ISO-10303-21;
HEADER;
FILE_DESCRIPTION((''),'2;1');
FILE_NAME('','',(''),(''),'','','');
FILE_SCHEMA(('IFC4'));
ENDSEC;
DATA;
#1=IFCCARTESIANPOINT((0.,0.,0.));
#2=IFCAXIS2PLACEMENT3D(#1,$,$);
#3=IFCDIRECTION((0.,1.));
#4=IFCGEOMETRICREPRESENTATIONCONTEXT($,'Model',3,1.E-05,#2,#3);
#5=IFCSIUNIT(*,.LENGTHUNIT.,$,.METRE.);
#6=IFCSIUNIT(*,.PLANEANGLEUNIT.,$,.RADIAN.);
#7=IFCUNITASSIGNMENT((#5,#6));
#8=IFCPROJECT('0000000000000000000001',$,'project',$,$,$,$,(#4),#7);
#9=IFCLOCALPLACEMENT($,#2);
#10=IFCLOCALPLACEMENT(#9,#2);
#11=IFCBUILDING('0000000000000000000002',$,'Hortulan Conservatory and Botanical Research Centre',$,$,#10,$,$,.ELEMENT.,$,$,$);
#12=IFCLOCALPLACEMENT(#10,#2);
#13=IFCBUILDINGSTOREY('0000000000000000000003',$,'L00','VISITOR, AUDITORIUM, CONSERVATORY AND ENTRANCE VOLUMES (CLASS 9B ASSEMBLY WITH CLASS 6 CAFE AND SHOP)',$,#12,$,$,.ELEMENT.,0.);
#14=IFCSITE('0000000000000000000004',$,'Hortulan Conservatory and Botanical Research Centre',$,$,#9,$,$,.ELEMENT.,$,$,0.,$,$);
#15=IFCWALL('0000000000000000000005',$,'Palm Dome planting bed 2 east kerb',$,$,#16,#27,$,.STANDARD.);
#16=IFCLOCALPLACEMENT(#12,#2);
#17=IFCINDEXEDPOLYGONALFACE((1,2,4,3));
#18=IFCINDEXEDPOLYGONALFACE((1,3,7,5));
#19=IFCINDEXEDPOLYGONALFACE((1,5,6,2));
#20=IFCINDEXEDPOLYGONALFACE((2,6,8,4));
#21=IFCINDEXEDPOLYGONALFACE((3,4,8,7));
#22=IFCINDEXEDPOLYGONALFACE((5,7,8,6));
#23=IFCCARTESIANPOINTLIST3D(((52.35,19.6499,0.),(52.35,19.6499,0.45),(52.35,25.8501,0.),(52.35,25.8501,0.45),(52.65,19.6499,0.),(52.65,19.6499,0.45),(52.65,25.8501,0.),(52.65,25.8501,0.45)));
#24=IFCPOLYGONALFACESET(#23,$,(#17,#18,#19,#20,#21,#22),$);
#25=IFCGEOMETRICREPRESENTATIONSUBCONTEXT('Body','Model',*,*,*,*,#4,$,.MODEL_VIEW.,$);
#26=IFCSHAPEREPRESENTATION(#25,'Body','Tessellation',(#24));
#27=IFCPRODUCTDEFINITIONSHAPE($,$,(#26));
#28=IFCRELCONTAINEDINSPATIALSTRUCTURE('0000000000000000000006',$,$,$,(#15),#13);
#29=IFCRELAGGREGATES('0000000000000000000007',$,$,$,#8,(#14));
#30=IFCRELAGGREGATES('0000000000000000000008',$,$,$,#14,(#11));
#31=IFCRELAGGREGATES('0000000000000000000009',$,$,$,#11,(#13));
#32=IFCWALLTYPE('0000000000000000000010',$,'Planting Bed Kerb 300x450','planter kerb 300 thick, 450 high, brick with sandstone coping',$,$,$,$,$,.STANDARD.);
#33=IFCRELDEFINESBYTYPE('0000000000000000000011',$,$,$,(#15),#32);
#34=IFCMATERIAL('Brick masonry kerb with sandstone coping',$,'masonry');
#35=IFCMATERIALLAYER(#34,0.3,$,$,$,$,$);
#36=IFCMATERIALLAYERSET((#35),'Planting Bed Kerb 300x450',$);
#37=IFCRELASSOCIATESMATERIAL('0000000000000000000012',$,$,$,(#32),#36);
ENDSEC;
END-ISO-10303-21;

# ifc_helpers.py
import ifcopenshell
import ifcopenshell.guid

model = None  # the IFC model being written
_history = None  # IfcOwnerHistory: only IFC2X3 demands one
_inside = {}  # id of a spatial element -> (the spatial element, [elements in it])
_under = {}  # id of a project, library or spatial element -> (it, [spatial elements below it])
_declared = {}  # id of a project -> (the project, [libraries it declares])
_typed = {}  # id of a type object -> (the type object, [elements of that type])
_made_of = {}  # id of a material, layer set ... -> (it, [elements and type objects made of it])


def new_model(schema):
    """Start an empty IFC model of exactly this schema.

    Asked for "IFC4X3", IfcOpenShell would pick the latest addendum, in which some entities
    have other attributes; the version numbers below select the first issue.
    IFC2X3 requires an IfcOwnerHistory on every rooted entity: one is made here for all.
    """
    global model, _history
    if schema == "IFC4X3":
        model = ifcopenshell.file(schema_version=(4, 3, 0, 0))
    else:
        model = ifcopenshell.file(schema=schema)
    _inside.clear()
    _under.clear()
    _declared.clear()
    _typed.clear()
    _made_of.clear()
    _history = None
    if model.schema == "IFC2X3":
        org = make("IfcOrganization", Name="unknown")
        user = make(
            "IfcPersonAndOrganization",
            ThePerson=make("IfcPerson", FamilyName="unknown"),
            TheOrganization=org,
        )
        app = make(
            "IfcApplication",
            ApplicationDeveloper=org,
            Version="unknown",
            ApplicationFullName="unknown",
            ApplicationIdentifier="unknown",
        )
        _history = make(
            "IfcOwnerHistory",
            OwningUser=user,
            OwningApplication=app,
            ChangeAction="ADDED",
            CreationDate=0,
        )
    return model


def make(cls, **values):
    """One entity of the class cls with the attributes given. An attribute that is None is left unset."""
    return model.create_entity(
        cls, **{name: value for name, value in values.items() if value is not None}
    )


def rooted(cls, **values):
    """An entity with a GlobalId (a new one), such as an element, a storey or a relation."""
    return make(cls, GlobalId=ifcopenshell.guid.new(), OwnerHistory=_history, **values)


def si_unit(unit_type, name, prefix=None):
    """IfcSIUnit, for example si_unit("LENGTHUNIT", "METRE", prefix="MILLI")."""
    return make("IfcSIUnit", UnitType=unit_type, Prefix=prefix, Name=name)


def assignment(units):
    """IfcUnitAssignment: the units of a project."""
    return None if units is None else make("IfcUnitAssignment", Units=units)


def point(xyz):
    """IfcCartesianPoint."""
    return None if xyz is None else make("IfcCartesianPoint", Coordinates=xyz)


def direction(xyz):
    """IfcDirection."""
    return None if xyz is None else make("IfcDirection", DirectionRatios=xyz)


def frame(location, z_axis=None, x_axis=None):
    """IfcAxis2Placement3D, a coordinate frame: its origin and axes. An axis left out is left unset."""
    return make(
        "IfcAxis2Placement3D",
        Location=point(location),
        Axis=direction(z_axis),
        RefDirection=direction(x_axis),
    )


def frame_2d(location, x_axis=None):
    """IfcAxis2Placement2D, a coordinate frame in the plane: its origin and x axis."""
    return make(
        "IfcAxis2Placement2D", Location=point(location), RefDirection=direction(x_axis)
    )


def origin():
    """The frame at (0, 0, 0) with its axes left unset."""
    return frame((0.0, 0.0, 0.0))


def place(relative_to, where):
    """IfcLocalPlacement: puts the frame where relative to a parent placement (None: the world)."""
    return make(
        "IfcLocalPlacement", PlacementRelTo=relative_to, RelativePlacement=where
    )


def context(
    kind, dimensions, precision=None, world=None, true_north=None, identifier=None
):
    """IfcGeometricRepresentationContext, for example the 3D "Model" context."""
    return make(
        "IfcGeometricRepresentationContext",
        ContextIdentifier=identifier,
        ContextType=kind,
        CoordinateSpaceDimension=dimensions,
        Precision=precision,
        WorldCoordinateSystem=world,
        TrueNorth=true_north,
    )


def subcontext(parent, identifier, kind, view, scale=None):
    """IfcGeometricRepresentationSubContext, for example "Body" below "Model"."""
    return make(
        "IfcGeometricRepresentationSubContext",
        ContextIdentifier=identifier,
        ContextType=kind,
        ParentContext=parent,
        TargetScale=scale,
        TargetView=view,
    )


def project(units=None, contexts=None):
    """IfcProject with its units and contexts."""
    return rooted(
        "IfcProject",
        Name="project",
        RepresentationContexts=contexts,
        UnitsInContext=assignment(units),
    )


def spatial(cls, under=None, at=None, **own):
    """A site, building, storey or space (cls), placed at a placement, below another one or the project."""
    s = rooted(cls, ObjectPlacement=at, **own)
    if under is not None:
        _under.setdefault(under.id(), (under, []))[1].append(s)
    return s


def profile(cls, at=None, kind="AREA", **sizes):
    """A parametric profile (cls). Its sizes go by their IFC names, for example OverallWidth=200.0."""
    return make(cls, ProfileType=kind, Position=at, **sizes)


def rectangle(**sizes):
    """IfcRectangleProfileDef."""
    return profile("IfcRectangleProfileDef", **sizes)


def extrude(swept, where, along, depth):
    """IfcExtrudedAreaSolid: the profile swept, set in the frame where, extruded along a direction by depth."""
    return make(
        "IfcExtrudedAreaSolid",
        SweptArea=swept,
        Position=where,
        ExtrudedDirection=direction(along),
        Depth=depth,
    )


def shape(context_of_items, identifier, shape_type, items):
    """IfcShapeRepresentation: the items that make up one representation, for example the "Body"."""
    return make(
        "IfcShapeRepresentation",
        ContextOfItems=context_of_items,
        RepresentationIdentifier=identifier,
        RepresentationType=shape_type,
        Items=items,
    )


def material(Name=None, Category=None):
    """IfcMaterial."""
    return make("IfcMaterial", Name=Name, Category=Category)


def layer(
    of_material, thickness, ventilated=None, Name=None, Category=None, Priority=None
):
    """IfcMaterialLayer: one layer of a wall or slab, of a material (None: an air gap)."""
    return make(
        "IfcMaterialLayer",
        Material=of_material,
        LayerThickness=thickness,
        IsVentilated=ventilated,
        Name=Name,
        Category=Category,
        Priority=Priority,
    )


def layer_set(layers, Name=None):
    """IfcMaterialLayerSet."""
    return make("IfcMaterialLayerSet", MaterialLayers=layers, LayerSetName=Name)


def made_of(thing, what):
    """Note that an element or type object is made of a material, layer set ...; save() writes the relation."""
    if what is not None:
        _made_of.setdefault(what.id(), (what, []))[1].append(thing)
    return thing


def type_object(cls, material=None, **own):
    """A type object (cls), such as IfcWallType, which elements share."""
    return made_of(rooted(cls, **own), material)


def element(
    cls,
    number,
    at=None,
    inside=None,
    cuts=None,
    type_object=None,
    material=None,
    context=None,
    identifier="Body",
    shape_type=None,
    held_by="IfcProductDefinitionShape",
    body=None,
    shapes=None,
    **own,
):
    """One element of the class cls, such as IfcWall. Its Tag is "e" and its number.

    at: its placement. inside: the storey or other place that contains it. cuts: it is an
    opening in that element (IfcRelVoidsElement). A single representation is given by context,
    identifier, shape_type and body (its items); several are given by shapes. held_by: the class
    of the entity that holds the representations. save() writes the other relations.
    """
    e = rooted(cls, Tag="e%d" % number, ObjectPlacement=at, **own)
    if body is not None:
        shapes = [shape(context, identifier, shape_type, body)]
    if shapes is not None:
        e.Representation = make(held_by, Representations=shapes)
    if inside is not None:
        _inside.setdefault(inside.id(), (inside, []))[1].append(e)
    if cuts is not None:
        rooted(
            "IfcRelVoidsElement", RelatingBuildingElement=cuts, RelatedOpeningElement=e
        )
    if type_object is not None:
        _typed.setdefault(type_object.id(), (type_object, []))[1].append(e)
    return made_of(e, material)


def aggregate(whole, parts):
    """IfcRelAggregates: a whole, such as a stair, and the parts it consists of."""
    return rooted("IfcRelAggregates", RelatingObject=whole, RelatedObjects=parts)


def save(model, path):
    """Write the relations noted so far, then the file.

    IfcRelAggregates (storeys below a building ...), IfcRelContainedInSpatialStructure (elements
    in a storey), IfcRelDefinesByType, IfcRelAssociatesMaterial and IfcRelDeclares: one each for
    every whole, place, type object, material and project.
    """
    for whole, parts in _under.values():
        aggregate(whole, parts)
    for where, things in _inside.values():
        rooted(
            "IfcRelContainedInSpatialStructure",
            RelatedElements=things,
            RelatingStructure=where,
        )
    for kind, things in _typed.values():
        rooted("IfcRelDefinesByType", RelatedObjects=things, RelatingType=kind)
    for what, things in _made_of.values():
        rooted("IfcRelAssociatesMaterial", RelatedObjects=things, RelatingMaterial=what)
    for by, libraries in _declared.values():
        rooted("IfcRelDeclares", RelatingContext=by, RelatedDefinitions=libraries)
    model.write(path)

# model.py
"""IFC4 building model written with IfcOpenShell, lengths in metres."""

from ifc_helpers import new_model, si_unit, direction, frame, frame_2d, origin, place, context, subcontext, project, spatial, rectangle, extrude, material, layer, layer_set, type_object, element, save


model = new_model("IFC4")

# Units and contexts
model_context = context("Model", 3, precision=1e-05, world=origin(), true_north=direction((0.0, 1.0)))
body_context = subcontext(model_context, "Body", "Model", "MODEL_VIEW")
ifc_project = project(units=[si_unit("LENGTHUNIT", "METRE"), si_unit("PLANEANGLEUNIT", "RADIAN")], contexts=[model_context])

# Site, building, storey
site_placement = place(None, origin())
site = spatial("IfcSite", under=ifc_project, at=site_placement, Name="Hortulan Conservatory and Botanical Research Centre", CompositionType="ELEMENT", RefElevation=0.0)
building_placement = place(site_placement, origin())
building = spatial("IfcBuilding", under=site, at=building_placement, Name="Hortulan Conservatory and Botanical Research Centre", CompositionType="ELEMENT")
storey_placement = place(building_placement, origin())
storey = spatial("IfcBuildingStorey", under=building, at=storey_placement, Name="L00", Description="VISITOR, AUDITORIUM, CONSERVATORY AND ENTRANCE VOLUMES (CLASS 9B ASSEMBLY WITH CLASS 6 CAFE AND SHOP)", CompositionType="ELEMENT", Elevation=0.0)

# Wall
ifc_material_1 = material(Name="Brick masonry kerb with sandstone coping", Category="masonry")
ifc_layer_1 = layer(ifc_material_1, 0.3)
ifc_layer_set_1 = layer_set([ifc_layer_1], Name="Planting Bed Kerb 300x450")
wall_type_1 = type_object("IfcWallType", Name="Planting Bed Kerb 300x450", Description="planter kerb 300 thick, 450 high, brick with sandstone coping", PredefinedType="STANDARD", material=ifc_layer_set_1)
for number, where, z_axis, x_axis, name in (
    (1, (52.5, 19.6499, 0.0), (0.0, 0.0, 1.0), (0.0, 1.0, 0.0), "Palm Dome planting bed 2 east kerb"),
):
    element("IfcWall", number, at=place(storey_placement, frame(where, z_axis=z_axis, x_axis=x_axis)), inside=storey, type_object=wall_type_1, Name=name, PredefinedType="STANDARD", context=body_context, shape_type="SweptSolid", body=[
        extrude(rectangle(XDim=6.2002, YDim=0.3, at=frame_2d((3.1001, 0.0))), origin(), (0.0, 0.0, 1.0), 0.45),
    ])

save(model, "model.ifc")
